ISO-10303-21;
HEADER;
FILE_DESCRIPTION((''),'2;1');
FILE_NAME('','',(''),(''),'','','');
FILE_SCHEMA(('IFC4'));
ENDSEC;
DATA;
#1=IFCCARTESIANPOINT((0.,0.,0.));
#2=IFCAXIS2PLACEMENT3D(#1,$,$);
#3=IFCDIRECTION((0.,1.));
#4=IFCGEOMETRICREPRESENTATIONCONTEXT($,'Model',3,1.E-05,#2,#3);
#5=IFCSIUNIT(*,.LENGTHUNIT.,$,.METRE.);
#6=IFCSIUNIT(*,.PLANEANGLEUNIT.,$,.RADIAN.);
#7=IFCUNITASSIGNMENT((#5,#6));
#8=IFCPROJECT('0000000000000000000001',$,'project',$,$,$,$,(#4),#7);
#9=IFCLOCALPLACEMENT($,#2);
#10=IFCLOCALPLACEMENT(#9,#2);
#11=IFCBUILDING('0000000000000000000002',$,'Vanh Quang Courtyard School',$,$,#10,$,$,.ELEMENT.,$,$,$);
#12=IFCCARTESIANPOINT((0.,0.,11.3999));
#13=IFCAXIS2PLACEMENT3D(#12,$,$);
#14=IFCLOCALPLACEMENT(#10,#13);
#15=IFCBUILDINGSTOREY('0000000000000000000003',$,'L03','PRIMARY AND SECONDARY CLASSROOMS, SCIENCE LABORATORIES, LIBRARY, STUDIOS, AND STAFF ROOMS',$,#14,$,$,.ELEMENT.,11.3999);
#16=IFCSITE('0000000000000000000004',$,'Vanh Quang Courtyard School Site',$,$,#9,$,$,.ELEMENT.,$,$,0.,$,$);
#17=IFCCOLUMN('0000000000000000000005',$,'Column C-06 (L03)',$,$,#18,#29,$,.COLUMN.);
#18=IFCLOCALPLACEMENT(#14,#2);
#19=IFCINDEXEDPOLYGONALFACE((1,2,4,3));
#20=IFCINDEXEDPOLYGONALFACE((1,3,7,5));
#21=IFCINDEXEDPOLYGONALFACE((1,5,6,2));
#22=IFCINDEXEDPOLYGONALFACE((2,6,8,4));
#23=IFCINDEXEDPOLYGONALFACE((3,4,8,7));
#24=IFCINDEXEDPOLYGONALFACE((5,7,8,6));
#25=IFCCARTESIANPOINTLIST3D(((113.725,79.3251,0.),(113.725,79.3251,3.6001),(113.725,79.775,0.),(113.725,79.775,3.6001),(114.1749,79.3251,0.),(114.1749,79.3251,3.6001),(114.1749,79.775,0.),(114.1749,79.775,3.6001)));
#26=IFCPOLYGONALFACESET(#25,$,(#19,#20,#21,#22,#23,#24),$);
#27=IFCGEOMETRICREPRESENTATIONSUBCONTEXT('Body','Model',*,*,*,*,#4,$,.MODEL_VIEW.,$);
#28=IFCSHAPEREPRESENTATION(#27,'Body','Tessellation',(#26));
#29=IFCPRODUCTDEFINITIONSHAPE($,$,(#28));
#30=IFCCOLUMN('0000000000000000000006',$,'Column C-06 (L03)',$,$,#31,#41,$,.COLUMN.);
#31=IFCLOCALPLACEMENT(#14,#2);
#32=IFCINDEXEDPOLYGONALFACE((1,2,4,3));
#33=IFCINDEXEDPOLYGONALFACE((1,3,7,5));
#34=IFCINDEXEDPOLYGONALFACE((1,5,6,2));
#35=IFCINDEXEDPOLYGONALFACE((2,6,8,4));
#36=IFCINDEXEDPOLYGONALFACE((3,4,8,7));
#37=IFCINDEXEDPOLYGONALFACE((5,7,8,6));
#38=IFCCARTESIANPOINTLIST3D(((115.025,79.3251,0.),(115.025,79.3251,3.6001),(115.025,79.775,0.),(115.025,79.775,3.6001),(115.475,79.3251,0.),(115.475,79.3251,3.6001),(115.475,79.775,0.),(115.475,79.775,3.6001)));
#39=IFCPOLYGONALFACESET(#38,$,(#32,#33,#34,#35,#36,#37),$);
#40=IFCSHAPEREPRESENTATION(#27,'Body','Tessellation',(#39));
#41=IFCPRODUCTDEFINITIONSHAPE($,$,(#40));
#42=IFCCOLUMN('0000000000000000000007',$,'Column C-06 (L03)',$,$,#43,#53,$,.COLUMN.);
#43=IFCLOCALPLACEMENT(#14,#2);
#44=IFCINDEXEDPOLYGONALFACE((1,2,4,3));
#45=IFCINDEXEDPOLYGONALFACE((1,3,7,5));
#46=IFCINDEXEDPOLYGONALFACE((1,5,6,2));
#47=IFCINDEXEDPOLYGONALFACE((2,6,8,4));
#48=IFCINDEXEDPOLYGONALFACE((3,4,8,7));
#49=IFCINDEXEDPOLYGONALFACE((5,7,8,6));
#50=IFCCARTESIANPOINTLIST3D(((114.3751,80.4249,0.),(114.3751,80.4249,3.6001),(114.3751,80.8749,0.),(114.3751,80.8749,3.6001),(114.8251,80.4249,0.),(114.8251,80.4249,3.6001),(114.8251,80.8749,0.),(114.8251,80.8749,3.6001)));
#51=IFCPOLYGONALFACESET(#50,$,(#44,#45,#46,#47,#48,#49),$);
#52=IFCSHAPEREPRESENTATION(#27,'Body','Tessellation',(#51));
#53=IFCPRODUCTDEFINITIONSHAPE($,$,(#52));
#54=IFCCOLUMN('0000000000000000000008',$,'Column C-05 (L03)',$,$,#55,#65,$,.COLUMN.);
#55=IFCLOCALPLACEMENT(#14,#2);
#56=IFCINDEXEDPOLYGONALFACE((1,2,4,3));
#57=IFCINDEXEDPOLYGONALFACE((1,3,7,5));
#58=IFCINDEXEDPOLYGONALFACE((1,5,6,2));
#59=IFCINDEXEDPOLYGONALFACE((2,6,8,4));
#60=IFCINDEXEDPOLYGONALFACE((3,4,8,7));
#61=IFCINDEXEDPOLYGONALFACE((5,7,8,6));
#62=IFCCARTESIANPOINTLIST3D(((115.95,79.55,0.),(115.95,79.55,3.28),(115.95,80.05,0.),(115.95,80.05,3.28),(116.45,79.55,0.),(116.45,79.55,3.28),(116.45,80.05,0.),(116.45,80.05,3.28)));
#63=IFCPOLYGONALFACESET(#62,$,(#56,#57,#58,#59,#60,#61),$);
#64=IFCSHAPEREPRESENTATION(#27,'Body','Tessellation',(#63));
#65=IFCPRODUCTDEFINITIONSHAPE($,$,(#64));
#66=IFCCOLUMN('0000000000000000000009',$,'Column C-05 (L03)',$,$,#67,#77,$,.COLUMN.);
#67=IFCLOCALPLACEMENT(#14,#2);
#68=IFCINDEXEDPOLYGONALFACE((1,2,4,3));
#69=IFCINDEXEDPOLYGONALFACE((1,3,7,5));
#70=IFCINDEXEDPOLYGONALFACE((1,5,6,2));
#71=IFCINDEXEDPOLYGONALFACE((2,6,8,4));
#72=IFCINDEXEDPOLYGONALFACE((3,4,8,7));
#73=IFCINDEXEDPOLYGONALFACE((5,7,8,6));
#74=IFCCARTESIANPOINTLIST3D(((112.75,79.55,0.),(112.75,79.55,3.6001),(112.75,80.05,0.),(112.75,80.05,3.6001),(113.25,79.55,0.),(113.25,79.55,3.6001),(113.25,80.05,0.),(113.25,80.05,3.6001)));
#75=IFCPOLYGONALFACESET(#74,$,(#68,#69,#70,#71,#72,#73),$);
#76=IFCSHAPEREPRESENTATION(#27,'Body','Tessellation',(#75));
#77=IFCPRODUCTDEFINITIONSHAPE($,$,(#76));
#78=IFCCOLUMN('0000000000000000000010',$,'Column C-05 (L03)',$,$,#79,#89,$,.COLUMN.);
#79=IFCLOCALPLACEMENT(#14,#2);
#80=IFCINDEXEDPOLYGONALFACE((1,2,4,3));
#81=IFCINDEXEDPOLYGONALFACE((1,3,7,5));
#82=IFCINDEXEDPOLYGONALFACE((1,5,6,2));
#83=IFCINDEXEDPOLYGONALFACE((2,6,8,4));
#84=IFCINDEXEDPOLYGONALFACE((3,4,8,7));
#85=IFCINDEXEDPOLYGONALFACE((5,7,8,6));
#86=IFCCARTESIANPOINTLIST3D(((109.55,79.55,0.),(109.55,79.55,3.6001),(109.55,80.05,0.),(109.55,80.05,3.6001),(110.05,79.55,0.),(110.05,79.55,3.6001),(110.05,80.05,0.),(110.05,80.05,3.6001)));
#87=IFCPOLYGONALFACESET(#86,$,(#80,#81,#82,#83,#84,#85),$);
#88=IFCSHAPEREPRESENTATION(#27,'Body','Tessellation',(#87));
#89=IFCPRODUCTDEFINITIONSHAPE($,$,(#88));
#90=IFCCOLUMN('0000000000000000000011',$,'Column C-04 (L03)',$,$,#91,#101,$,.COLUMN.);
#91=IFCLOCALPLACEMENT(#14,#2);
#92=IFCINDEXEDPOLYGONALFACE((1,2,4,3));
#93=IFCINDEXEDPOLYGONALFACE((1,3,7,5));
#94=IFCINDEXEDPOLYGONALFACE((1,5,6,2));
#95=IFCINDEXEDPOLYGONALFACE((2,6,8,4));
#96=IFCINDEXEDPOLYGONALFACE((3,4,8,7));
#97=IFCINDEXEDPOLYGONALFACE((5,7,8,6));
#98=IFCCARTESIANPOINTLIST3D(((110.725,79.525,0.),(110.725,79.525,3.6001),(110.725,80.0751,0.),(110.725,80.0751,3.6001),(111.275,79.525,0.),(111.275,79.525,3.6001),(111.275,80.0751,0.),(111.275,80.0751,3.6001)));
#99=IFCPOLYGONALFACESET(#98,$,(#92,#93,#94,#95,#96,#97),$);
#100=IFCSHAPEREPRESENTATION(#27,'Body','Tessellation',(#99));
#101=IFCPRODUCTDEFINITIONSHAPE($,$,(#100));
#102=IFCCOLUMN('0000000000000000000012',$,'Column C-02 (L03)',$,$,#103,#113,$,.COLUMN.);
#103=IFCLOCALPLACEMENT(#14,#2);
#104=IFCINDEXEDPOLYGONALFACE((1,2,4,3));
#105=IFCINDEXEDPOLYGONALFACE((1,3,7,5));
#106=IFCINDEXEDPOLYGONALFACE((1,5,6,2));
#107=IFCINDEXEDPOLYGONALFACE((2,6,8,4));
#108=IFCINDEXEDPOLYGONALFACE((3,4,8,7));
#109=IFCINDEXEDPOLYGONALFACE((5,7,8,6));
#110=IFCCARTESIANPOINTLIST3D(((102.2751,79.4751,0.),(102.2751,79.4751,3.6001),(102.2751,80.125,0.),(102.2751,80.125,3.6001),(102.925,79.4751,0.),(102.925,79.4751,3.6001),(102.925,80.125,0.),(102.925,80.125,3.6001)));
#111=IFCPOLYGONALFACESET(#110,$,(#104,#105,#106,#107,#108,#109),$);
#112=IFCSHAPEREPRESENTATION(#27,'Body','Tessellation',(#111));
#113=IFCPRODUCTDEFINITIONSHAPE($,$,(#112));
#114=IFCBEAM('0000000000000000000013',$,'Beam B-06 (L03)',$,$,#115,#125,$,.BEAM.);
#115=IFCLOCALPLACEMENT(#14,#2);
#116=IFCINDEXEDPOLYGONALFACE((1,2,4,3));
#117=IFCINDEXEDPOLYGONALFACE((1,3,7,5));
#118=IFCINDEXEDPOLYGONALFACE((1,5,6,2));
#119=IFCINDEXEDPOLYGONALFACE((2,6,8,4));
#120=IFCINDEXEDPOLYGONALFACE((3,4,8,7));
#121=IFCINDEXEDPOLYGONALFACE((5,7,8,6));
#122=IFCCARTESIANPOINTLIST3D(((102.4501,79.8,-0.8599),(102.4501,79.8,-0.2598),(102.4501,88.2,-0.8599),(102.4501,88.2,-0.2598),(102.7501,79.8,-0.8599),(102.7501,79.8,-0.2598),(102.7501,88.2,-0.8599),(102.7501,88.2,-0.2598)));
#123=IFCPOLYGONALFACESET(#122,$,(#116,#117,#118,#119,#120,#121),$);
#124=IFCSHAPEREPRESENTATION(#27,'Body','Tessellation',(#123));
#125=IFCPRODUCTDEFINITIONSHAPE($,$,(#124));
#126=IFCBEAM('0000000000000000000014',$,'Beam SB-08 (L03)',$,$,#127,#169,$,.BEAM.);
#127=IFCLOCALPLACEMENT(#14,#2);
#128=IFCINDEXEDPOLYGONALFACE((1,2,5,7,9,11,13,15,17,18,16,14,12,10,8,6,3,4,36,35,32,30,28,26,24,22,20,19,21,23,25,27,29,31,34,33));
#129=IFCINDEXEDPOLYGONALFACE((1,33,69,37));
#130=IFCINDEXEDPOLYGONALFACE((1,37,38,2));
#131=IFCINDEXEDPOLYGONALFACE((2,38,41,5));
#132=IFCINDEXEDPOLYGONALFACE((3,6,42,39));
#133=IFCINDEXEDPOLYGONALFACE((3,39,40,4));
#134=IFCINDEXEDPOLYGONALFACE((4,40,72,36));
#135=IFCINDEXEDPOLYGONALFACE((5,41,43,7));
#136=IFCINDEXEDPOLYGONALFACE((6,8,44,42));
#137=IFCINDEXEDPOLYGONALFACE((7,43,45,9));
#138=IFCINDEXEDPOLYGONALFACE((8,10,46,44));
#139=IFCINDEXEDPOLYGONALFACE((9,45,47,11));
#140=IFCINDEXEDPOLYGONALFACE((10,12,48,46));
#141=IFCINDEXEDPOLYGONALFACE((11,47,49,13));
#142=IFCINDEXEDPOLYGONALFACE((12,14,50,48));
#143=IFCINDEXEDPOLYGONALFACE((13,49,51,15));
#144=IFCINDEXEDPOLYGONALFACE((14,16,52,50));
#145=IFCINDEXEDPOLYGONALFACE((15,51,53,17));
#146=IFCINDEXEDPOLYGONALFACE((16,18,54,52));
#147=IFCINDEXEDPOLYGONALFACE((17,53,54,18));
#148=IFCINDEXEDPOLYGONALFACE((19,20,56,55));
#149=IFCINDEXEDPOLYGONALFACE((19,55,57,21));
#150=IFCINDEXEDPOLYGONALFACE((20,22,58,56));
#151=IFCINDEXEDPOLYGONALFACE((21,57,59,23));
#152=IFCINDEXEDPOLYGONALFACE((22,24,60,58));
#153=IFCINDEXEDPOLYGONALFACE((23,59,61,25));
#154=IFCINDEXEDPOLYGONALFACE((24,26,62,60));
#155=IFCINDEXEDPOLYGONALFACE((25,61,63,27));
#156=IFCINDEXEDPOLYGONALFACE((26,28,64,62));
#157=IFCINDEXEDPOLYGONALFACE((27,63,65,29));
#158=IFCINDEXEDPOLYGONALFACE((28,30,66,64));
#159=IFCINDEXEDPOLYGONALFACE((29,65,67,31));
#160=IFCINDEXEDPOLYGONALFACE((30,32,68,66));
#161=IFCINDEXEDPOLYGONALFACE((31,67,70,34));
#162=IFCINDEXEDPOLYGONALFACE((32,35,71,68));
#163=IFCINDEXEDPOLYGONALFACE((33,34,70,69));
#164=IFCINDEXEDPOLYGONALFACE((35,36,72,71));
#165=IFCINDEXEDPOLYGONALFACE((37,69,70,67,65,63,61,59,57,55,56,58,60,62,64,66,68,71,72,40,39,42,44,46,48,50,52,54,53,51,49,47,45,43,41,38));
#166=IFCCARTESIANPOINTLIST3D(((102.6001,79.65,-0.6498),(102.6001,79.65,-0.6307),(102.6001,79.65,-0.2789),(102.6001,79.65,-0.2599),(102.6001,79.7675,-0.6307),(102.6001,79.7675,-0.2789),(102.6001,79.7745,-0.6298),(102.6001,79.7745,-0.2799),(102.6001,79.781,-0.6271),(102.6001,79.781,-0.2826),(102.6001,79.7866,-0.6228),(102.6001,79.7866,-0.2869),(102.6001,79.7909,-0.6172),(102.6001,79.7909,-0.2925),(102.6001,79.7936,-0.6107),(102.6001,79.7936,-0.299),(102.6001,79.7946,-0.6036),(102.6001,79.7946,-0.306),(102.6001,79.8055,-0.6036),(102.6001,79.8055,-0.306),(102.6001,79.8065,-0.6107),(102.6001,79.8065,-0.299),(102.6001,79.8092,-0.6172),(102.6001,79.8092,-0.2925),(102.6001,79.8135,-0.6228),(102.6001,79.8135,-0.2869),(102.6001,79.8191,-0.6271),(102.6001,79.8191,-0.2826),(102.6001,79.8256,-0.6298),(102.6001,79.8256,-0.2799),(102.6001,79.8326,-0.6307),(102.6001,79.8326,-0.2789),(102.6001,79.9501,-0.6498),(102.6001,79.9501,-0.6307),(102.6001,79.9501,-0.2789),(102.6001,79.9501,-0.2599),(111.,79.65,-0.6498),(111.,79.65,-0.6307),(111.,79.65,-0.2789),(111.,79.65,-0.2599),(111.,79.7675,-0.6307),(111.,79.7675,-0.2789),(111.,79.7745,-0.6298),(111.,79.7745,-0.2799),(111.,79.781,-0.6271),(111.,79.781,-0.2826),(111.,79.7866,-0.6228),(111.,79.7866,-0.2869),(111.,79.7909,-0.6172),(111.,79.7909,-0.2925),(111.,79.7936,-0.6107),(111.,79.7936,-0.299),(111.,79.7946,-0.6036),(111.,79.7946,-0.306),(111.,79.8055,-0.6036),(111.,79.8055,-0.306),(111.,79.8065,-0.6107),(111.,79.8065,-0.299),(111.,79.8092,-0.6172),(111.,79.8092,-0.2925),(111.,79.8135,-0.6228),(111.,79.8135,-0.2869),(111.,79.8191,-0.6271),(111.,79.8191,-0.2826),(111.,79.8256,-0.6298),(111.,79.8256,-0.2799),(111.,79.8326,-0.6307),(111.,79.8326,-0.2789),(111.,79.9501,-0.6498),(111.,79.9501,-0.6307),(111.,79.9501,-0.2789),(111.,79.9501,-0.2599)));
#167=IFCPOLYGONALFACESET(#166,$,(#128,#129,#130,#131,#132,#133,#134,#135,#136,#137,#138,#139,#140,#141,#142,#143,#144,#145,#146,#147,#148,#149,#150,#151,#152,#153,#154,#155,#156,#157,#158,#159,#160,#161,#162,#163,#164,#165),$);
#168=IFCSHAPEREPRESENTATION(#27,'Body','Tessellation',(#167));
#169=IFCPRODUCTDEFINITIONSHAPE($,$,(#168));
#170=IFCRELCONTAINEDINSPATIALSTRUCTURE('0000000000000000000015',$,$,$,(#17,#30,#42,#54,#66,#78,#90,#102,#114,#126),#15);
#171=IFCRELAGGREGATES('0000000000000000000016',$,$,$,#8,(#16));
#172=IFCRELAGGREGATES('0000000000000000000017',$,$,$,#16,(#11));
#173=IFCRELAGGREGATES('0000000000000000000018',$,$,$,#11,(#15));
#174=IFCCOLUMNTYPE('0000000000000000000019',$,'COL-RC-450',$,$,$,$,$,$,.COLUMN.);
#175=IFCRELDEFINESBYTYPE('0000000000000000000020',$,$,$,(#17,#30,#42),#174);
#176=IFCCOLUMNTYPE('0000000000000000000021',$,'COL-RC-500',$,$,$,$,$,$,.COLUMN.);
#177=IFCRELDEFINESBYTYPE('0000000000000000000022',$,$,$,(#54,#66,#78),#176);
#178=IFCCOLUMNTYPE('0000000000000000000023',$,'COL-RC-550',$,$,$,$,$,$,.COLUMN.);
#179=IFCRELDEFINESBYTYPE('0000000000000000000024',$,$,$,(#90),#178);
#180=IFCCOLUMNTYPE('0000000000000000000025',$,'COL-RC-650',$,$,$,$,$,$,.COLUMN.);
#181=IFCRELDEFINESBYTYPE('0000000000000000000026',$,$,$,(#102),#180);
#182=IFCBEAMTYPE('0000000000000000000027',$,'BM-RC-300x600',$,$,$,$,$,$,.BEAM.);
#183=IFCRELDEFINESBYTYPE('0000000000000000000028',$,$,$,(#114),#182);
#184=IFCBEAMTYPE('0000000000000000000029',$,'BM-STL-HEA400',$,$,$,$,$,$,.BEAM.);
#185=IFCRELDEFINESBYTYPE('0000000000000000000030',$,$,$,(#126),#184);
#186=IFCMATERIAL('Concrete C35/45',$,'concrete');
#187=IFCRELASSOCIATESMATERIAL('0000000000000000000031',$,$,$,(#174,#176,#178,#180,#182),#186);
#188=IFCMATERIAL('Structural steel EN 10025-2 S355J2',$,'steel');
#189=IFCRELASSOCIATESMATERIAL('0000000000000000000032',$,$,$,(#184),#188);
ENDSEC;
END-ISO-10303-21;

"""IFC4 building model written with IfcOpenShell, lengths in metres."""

from ifc_helpers import new_model, si_unit, direction, frame, origin, origin_2d, place, context, subcontext, project, spatial, rectangle, i_section, extrude, material, material_profile, profile_set, type_object, element, save


model = new_model("IFC4")

# Units and contexts
model_context = context("Model", 3, precision=1e-05, world=origin(), true_north=direction((0.0, 1.0)))
body_context = subcontext(model_context, "Body", "Model", "MODEL_VIEW")
ifc_project = project(units=[si_unit("LENGTHUNIT", "METRE"), si_unit("PLANEANGLEUNIT", "RADIAN")], contexts=[model_context])

# Site, building, storey
site_placement = place(None, origin())
site = spatial("IfcSite", under=ifc_project, at=site_placement, Name="Vanh Quang Courtyard School Site", CompositionType="ELEMENT", RefElevation=0.0)
building_placement = place(site_placement, origin())
building = spatial("IfcBuilding", under=site, at=building_placement, Name="Vanh Quang Courtyard School", CompositionType="ELEMENT")
storey_placement = place(building_placement, frame((0.0, 0.0, 11.3999)))
storey = spatial("IfcBuildingStorey", under=building, at=storey_placement, Name="L03", Description="PRIMARY AND SECONDARY CLASSROOMS, SCIENCE LABORATORIES, LIBRARY, STUDIOS, AND STAFF ROOMS", CompositionType="ELEMENT", Elevation=11.3999)

# Columns
ifc_material_1 = material(Name="Concrete C35/45", Category="concrete")
ifc_material_profile_1 = material_profile(ifc_material_1, rectangle(XDim=0.45, YDim=0.45, at=origin_2d()), Name="RC-COL 450x450")
ifc_profile_set_1 = profile_set([ifc_material_profile_1], Name="Concrete C35/45")
column_type_1 = type_object("IfcColumnType", Name="COL-RC-450", PredefinedType="COLUMN", material=ifc_profile_set_1)
for number, where, z_axis, x_axis, name in (
    (1, (113.95, 79.55, 0.0), (0.0, 0.0, 1.0), (1.0, 0.0, 0.0), "Column C-06 (L03)"),
    (2, (115.25, 79.55, 0.0), (0.0, 0.0, 1.0), (1.0, 0.0, 0.0), "Column C-06 (L03)"),
    (3, (114.6001, 80.6499, 0.0), (0.0, 0.0, 1.0), (1.0, 0.0, 0.0), "Column C-06 (L03)"),
):
    element("IfcColumn", number, at=place(storey_placement, frame(where, z_axis=z_axis, x_axis=x_axis)), inside=storey, type_object=column_type_1, Name=name, PredefinedType="COLUMN", context=body_context, shape_type="SweptSolid", body=[
        extrude(rectangle(XDim=0.45, YDim=0.45, at=origin_2d()), origin(), (0.0, 0.0, 1.0), 3.6001),
    ])
ifc_material_profile_2 = material_profile(ifc_material_1, rectangle(XDim=0.5, YDim=0.5, at=origin_2d()), Name="RC-COL 500x500")
ifc_profile_set_2 = profile_set([ifc_material_profile_2], Name="Concrete C35/45")
column_type_2 = type_object("IfcColumnType", Name="COL-RC-500", PredefinedType="COLUMN", material=ifc_profile_set_2)
column_1_placement = place(storey_placement, frame((116.2, 79.8, 0.0), z_axis=(0.0, 0.0, 1.0), x_axis=(1.0, 0.0, 0.0)))
element("IfcColumn", 4, at=column_1_placement, inside=storey, type_object=column_type_2, Name="Column C-05 (L03)", PredefinedType="COLUMN", context=body_context, shape_type="SweptSolid", body=[
    extrude(rectangle(XDim=0.5, YDim=0.5, at=origin_2d()), origin(), (0.0, 0.0, 1.0), 3.28),
])
for number, where, z_axis, x_axis, name in (
    (5, (113.0, 79.8, 0.0), (0.0, 0.0, 1.0), (1.0, 0.0, 0.0), "Column C-05 (L03)"),
    (6, (109.8, 79.8, 0.0), (0.0, 0.0, 1.0), (1.0, 0.0, 0.0), "Column C-05 (L03)"),
):
    element("IfcColumn", number, at=place(storey_placement, frame(where, z_axis=z_axis, x_axis=x_axis)), inside=storey, type_object=column_type_2, Name=name, PredefinedType="COLUMN", context=body_context, shape_type="SweptSolid", body=[
        extrude(rectangle(XDim=0.5, YDim=0.5, at=origin_2d()), origin(), (0.0, 0.0, 1.0), 3.6001),
    ])
ifc_material_profile_3 = material_profile(ifc_material_1, rectangle(XDim=0.55, YDim=0.55, at=origin_2d()), Name="RC-COL 550x550")
ifc_profile_set_3 = profile_set([ifc_material_profile_3], Name="Concrete C35/45")
column_type_3 = type_object("IfcColumnType", Name="COL-RC-550", PredefinedType="COLUMN", material=ifc_profile_set_3)
column_2_placement = place(storey_placement, frame((111.0, 79.8, 0.0), z_axis=(0.0, 0.0, 1.0), x_axis=(1.0, 0.0, 0.0)))
element("IfcColumn", 7, at=column_2_placement, inside=storey, type_object=column_type_3, Name="Column C-04 (L03)", PredefinedType="COLUMN", context=body_context, shape_type="SweptSolid", body=[
    extrude(rectangle(XDim=0.55, YDim=0.55, at=origin_2d()), origin(), (0.0, 0.0, 1.0), 3.6001),
])
ifc_material_profile_4 = material_profile(ifc_material_1, rectangle(XDim=0.6499, YDim=0.6499, at=origin_2d()), Name="RC-COL 650x650")
ifc_profile_set_4 = profile_set([ifc_material_profile_4], Name="Concrete C35/45")
column_type_4 = type_object("IfcColumnType", Name="COL-RC-650", PredefinedType="COLUMN", material=ifc_profile_set_4)
column_3_placement = place(storey_placement, frame((102.6001, 79.8, 0.0), z_axis=(0.0, 0.0, 1.0), x_axis=(1.0, 0.0, 0.0)))
element("IfcColumn", 8, at=column_3_placement, inside=storey, type_object=column_type_4, Name="Column C-02 (L03)", PredefinedType="COLUMN", context=body_context, shape_type="SweptSolid", body=[
    extrude(rectangle(XDim=0.6499, YDim=0.6499, at=origin_2d()), origin(), (0.0, 0.0, 1.0), 3.6001),
])

# Beams
ifc_material_profile_5 = material_profile(ifc_material_1, rectangle(XDim=0.3, YDim=0.6001, at=origin_2d()), Name="RC-BM 300x600")
ifc_profile_set_5 = profile_set([ifc_material_profile_5], Name="Concrete C35/45")
beam_type_1 = type_object("IfcBeamType", Name="BM-RC-300x600", PredefinedType="BEAM", material=ifc_profile_set_5)
beam_1_placement = place(storey_placement, frame((102.6001, 79.8, -0.5598), z_axis=(0.0, 1.0, 0.0), x_axis=(-1.0, 0.0, 0.0)))
element("IfcBeam", 9, at=beam_1_placement, inside=storey, type_object=beam_type_1, Name="Beam B-06 (L03)", PredefinedType="BEAM", context=body_context, shape_type="SweptSolid", body=[
    extrude(rectangle(XDim=0.3, YDim=0.6001, at=origin_2d()), origin(), (0.0, 0.0, 1.0), 8.3999),
])
ifc_material_2 = material(Name="Structural steel EN 10025-2 S355J2", Category="steel")
ifc_material_profile_6 = material_profile(ifc_material_2, i_section(OverallWidth=0.3, OverallDepth=0.3899, WebThickness=0.011, FlangeThickness=0.019, FilletRadius=0.0271, at=origin_2d()), Name="HEA 400")
ifc_profile_set_6 = profile_set([ifc_material_profile_6], Name="Structural steel EN 10025-2 S355J2")
beam_type_2 = type_object("IfcBeamType", Name="BM-STL-HEA400", PredefinedType="BEAM", material=ifc_profile_set_6)
for number, where, z_axis, x_axis, name in (
    (10, (102.6001, 79.8, -0.4548), (1.0, 0.0, 0.0), (0.0, 1.0, 0.0), "Beam SB-08 (L03)"),
):
    element("IfcBeam", number, at=place(storey_placement, frame(where, z_axis=z_axis, x_axis=x_axis)), inside=storey, type_object=beam_type_2, Name=name, PredefinedType="BEAM", context=body_context, shape_type="SweptSolid", body=[
        extrude(i_section(OverallWidth=0.3, OverallDepth=0.3899, WebThickness=0.011, FlangeThickness=0.019, FilletRadius=0.0271, at=origin_2d()), origin(), (0.0, 0.0, 1.0), 8.3999),
    ])

save(model, "model.ifc")
